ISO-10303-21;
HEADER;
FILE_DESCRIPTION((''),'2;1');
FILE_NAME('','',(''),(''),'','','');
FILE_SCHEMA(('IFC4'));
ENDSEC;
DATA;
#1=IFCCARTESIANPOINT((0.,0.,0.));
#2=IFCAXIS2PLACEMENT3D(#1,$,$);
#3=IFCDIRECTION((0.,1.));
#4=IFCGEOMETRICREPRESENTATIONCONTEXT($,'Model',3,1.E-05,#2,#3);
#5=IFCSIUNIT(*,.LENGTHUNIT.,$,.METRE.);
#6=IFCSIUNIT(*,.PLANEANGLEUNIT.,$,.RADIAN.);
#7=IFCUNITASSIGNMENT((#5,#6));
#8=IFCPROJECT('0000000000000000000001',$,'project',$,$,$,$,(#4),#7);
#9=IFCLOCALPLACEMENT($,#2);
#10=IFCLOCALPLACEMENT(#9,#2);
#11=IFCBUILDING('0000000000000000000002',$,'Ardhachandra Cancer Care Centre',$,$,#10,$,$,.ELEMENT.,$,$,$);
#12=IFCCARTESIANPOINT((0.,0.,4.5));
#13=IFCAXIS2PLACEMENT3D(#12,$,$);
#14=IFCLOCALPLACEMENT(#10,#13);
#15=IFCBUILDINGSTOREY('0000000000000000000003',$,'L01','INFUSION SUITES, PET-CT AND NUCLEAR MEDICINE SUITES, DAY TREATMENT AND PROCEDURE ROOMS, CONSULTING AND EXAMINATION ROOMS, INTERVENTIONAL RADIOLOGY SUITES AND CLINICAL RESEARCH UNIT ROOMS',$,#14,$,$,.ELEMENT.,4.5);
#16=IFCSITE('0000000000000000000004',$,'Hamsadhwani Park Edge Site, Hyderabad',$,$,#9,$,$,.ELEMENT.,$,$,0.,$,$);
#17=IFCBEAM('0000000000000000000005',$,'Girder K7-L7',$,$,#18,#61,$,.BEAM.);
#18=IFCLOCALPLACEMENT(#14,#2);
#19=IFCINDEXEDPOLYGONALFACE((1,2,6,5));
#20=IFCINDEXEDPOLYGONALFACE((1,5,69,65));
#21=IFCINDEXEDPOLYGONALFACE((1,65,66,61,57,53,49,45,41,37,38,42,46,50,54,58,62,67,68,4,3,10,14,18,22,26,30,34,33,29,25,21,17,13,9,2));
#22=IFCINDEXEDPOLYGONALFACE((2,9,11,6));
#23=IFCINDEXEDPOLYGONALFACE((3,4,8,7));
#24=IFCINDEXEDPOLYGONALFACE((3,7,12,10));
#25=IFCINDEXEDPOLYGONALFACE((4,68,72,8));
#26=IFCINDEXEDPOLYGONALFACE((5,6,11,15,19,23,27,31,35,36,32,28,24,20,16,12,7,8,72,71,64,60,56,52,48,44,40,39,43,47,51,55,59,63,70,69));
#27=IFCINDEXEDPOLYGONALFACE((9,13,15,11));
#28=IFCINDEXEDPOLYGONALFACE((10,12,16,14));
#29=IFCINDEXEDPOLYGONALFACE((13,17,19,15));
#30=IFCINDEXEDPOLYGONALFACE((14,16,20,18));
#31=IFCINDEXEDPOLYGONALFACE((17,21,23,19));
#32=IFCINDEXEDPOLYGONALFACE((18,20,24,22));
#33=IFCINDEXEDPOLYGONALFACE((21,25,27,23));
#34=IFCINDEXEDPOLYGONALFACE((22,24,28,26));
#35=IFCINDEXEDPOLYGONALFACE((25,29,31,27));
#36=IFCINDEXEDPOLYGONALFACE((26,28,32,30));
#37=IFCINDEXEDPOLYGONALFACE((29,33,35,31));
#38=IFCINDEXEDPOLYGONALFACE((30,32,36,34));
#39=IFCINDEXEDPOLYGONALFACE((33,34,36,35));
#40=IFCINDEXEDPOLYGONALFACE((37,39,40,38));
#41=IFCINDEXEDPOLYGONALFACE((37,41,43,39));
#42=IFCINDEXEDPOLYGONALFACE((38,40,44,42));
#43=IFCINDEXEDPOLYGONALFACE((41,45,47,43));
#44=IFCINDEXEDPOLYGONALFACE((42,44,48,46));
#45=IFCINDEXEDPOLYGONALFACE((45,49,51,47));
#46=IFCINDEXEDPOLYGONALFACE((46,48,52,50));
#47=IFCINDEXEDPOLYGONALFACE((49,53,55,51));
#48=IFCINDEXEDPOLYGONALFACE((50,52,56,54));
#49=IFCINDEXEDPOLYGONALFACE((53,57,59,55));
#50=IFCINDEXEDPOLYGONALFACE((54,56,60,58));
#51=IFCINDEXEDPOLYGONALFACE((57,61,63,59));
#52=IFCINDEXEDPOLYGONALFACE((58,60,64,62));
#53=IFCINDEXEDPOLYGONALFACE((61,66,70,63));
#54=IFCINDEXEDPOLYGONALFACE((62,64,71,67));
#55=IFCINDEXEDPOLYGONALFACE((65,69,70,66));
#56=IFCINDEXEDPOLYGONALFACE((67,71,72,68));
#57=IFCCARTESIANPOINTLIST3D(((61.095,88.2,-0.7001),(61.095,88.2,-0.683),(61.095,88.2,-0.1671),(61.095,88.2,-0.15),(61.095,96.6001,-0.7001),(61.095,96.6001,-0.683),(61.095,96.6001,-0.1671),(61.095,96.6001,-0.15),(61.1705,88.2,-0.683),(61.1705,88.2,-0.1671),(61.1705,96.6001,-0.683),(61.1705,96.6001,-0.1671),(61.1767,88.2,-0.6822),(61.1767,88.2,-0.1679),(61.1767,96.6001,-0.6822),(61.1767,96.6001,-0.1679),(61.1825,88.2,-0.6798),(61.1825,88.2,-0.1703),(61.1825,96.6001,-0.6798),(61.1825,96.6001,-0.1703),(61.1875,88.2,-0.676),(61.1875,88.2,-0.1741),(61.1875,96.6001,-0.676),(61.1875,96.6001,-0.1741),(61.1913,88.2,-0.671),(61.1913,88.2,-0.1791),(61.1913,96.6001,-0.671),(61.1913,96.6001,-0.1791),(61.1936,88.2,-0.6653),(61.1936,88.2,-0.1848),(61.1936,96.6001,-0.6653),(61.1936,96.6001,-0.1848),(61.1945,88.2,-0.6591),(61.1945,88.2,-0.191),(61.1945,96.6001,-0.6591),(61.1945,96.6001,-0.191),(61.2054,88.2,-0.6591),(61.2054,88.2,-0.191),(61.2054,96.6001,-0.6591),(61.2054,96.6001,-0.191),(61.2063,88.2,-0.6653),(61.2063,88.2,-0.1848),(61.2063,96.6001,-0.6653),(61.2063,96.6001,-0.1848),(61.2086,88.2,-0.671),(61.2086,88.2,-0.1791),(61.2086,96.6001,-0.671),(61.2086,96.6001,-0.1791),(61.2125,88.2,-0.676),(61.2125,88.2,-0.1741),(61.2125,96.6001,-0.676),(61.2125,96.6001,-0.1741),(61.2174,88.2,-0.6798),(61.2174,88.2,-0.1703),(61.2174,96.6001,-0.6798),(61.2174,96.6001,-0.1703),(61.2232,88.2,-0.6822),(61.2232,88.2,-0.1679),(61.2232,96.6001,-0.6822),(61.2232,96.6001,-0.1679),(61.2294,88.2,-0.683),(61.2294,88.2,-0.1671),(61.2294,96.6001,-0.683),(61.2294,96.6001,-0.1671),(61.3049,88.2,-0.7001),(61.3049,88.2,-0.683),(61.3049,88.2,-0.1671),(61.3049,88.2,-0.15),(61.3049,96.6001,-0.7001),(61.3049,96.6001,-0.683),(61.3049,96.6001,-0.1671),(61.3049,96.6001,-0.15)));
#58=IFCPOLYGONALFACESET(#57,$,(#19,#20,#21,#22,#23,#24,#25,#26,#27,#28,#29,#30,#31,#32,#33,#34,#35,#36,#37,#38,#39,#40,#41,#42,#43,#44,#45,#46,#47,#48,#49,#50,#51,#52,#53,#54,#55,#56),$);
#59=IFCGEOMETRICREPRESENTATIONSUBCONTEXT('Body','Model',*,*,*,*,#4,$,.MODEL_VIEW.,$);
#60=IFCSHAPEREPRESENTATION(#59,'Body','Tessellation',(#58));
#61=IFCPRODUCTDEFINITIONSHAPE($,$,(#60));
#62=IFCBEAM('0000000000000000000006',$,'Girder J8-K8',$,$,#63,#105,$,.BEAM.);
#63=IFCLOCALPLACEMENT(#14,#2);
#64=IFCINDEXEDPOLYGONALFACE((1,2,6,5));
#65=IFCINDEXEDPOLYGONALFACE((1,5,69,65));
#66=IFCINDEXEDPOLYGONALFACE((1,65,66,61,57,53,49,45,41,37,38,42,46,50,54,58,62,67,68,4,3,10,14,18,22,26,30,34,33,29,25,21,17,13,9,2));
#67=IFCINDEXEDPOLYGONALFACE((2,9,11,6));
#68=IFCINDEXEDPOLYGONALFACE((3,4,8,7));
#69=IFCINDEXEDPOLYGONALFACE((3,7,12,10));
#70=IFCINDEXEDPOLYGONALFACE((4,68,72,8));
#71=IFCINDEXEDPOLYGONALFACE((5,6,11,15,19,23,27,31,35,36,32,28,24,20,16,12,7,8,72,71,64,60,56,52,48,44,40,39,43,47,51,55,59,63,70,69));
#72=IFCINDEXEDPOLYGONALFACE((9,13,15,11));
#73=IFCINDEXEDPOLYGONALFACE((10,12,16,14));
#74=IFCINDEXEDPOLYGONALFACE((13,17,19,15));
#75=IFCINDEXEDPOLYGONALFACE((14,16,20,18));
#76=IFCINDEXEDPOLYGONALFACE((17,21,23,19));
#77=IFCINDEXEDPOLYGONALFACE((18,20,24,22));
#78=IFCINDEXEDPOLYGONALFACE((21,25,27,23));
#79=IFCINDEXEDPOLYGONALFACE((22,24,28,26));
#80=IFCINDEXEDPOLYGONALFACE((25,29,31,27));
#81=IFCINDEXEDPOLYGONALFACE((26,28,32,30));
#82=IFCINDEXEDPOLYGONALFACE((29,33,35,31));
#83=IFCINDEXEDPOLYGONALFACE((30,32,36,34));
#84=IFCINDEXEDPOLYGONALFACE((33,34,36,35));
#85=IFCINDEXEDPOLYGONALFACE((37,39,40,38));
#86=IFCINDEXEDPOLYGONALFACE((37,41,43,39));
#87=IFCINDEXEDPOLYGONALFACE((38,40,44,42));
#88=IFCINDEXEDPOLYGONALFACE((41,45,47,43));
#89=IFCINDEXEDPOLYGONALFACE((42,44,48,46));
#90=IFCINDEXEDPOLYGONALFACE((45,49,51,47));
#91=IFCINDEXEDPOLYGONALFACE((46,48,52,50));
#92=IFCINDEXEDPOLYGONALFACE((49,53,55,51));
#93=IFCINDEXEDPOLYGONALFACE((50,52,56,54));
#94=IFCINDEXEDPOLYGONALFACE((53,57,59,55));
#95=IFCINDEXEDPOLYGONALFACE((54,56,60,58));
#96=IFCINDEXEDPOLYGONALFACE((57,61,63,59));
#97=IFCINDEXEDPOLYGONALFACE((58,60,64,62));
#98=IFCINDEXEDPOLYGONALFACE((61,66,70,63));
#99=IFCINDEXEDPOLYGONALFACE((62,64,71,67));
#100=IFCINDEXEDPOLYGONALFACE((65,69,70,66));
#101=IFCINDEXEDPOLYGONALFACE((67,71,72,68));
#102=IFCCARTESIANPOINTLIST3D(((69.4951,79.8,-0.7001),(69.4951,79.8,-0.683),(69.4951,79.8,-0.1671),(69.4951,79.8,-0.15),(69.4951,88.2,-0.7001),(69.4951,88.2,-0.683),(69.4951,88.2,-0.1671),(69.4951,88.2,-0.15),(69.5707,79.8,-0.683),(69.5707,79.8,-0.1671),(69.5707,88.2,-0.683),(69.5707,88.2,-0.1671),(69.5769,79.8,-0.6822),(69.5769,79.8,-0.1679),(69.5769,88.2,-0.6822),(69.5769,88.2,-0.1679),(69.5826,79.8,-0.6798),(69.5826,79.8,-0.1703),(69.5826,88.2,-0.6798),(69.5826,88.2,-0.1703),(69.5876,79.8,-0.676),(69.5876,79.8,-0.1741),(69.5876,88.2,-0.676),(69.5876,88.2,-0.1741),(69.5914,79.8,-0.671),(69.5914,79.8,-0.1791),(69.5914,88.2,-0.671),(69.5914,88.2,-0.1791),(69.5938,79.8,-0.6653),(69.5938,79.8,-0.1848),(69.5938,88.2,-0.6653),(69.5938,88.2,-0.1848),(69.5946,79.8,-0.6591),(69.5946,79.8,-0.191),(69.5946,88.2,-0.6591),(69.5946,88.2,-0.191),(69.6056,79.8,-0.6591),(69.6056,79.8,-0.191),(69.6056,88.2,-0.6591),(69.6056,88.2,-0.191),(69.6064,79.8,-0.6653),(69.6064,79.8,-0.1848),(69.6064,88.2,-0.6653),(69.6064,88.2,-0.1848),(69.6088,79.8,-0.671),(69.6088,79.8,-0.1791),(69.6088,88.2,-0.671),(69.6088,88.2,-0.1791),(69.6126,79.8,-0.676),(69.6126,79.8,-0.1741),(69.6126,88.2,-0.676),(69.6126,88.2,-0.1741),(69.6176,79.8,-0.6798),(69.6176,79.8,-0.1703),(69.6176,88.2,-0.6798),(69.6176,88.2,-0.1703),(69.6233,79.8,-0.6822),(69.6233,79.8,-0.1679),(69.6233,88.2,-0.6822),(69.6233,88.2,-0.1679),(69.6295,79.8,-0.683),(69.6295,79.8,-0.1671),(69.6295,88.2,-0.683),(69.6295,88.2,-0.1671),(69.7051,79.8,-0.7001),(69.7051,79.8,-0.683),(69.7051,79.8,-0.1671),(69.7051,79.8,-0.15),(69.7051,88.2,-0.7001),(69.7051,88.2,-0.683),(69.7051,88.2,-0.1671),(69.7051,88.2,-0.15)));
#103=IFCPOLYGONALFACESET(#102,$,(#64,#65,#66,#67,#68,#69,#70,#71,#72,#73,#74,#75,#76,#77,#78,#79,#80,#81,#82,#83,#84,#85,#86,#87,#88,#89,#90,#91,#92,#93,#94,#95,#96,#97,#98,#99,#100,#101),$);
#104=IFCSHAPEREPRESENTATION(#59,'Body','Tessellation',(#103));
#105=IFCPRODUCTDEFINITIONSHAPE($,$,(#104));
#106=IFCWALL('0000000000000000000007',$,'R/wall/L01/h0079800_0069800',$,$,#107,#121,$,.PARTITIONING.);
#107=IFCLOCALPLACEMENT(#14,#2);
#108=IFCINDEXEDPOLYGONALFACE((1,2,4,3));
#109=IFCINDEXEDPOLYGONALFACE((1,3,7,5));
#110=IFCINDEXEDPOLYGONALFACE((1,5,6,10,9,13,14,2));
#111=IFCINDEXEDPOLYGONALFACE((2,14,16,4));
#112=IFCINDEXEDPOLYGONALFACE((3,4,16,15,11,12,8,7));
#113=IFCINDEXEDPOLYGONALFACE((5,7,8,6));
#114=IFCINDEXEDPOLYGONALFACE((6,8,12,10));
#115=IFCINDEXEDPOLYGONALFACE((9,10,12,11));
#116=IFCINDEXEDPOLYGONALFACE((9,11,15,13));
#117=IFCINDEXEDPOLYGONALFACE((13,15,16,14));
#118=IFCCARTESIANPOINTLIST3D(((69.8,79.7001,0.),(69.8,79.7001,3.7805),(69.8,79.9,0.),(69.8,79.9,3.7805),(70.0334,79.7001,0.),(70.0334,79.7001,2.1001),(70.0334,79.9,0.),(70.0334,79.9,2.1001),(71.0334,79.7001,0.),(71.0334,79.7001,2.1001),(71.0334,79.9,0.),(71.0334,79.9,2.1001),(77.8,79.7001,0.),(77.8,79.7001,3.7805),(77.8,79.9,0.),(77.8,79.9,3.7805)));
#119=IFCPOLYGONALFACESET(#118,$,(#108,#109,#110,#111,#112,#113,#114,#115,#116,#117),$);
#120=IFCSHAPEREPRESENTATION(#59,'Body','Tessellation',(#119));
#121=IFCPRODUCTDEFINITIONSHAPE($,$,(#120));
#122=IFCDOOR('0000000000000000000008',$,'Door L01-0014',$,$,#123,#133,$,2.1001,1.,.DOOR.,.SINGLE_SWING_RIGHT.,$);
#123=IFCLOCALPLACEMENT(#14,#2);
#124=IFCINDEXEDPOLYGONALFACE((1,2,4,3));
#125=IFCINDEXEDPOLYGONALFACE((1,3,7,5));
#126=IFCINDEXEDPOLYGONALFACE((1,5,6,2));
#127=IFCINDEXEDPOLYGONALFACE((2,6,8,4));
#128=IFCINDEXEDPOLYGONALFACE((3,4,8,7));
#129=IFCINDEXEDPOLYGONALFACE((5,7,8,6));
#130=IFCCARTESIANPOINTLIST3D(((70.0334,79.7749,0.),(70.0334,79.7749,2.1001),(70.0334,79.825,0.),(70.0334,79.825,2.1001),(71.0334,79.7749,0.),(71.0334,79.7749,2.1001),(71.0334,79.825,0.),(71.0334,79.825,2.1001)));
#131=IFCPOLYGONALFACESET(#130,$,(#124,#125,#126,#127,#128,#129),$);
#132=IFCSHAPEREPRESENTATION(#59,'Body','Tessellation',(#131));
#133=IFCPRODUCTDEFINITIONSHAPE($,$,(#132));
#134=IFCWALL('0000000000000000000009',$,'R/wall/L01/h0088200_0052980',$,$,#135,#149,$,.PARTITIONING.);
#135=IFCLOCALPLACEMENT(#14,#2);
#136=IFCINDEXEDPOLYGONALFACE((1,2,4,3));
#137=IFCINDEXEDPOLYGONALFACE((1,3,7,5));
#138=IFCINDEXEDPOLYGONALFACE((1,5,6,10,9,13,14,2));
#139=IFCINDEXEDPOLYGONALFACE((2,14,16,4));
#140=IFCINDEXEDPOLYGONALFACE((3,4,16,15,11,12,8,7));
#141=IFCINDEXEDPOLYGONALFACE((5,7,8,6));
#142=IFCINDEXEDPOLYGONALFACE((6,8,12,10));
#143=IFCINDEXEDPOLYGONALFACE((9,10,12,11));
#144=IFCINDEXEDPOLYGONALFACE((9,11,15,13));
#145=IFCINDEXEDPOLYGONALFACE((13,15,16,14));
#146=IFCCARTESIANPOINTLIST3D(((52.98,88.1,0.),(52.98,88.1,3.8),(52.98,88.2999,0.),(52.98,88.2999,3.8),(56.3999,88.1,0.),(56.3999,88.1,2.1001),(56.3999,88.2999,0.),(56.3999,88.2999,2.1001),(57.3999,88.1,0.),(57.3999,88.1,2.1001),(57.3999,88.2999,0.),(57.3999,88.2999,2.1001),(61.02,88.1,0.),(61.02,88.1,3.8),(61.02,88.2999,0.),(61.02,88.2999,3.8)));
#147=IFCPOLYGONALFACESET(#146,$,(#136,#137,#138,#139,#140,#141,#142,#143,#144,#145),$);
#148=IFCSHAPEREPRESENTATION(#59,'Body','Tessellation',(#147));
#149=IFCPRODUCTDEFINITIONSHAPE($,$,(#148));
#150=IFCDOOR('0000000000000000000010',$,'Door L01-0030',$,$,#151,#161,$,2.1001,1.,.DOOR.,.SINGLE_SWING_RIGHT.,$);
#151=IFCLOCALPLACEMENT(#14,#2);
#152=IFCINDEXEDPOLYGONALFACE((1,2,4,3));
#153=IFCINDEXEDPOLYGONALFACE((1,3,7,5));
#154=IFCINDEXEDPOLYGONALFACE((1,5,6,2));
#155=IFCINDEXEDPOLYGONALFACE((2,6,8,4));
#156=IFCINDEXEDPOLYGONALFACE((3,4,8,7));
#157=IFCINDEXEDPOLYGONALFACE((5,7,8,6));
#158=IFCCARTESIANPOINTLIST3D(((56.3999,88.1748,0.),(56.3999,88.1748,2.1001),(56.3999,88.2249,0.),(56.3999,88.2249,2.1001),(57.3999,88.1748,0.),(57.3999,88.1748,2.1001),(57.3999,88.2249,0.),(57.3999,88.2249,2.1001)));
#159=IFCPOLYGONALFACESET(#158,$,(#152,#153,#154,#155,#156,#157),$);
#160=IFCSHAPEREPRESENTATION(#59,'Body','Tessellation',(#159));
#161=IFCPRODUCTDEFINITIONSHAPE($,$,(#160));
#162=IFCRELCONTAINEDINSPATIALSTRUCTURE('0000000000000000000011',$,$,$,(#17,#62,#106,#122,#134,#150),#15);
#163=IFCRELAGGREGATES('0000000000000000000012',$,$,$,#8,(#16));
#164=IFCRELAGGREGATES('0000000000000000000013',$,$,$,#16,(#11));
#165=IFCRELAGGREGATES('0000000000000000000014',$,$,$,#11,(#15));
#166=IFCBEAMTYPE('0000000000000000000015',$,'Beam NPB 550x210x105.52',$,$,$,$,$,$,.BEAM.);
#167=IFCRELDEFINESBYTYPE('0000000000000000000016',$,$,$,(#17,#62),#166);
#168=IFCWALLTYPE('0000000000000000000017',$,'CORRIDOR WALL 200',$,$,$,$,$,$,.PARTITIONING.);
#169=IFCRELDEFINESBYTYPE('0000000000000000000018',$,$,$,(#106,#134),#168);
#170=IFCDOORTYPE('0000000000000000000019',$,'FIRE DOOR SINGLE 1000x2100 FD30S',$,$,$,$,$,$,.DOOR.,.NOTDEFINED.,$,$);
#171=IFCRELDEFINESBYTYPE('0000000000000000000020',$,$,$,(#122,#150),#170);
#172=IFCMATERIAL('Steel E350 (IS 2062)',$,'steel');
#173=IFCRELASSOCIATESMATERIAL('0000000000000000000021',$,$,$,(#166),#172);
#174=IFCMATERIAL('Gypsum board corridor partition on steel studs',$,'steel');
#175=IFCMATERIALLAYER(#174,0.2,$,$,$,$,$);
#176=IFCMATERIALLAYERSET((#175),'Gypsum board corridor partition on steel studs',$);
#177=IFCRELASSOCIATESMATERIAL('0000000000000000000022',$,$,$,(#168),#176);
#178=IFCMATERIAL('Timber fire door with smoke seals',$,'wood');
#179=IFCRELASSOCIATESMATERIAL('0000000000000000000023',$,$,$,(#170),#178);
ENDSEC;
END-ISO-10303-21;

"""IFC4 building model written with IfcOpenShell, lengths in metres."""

from ifc_helpers import new_model, si_unit, direction, frame, frame_2d, origin, origin_2d, place, context, subcontext, project, spatial, rectangle, i_section, extrude, material, layer, layer_set, material_profile, profile_set, type_object, element, fill, save


model = new_model("IFC4")

# Units and contexts
model_context = context("Model", 3, precision=1e-05, world=origin(), true_north=direction((0.0, 1.0)))
body_context = subcontext(model_context, "Body", "Model", "MODEL_VIEW")
ifc_project = project(units=[si_unit("LENGTHUNIT", "METRE"), si_unit("PLANEANGLEUNIT", "RADIAN")], contexts=[model_context])

# Site, building, storey
site_placement = place(None, origin())
site = spatial("IfcSite", under=ifc_project, at=site_placement, Name="Hamsadhwani Park Edge Site, Hyderabad", CompositionType="ELEMENT", RefElevation=0.0)
building_placement = place(site_placement, origin())
building = spatial("IfcBuilding", under=site, at=building_placement, Name="Ardhachandra Cancer Care Centre", CompositionType="ELEMENT")
storey_placement = place(building_placement, frame((0.0, 0.0, 4.5)))
storey = spatial("IfcBuildingStorey", under=building, at=storey_placement, Name="L01", Description="INFUSION SUITES, PET-CT AND NUCLEAR MEDICINE SUITES, DAY TREATMENT AND PROCEDURE ROOMS, CONSULTING AND EXAMINATION ROOMS, INTERVENTIONAL RADIOLOGY SUITES AND CLINICAL RESEARCH UNIT ROOMS", CompositionType="ELEMENT", Elevation=4.5)

# Beams
ifc_material_1 = material(Name="Steel E350 (IS 2062)", Category="steel")
ifc_material_profile_1 = material_profile(ifc_material_1, i_section(OverallWidth=0.21, OverallDepth=0.55, WebThickness=0.011, FlangeThickness=0.0171, FilletRadius=0.0239, at=origin_2d()), Name="NPB 550x210x105.52")
ifc_profile_set_1 = profile_set([ifc_material_profile_1], Name="Steel E350 (IS 2062)")
beam_type_1 = type_object("IfcBeamType", Name="Beam NPB 550x210x105.52", PredefinedType="BEAM", material=ifc_profile_set_1)
for number, where, z_axis, x_axis, name in (
    (1, (61.2, 88.2, -0.425), (0.0, 1.0, 0.0), (-1.0, 0.0, 0.0), "Girder K7-L7"),
):
    element("IfcBeam", number, at=place(storey_placement, frame(where, z_axis=z_axis, x_axis=x_axis)), inside=storey, type_object=beam_type_1, Name=name, PredefinedType="BEAM", context=body_context, shape_type="SweptSolid", body=[
        extrude(i_section(OverallWidth=0.21, OverallDepth=0.55, WebThickness=0.011, FlangeThickness=0.0171, FilletRadius=0.0239, at=origin_2d()), origin(), (0.0, 0.0, 1.0), 8.4001),
    ])
beam_1_placement = place(storey_placement, frame((69.6001, 79.8, -0.425), z_axis=(0.0, 1.0, 0.0), x_axis=(-1.0, 0.0, 0.0)))
element("IfcBeam", 2, at=beam_1_placement, inside=storey, type_object=beam_type_1, Name="Girder J8-K8", PredefinedType="BEAM", context=body_context, shape_type="SweptSolid", body=[
    extrude(i_section(OverallWidth=0.21, OverallDepth=0.55, WebThickness=0.011, FlangeThickness=0.0171, FilletRadius=0.0239, at=origin_2d()), origin(), (0.0, 0.0, 1.0), 8.3999),
])

# Walls, openings, doors
ifc_material_2 = material(Name="Gypsum board corridor partition on steel studs", Category="steel")
ifc_layer_1 = layer(ifc_material_2, 0.2)
ifc_layer_set_1 = layer_set([ifc_layer_1], Name="Gypsum board corridor partition on steel studs")
wall_type_1 = type_object("IfcWallType", Name="CORRIDOR WALL 200", PredefinedType="PARTITIONING", material=ifc_layer_set_1)
wall_1_placement = place(storey_placement, frame((69.8, 79.8, 0.0), z_axis=(0.0, 0.0, 1.0), x_axis=(1.0, 0.0, 0.0)))
wall_1 = element("IfcWall", 3, at=wall_1_placement, inside=storey, type_object=wall_type_1, Name="R/wall/L01/h0079800_0069800", PredefinedType="PARTITIONING", context=body_context, shape_type="SweptSolid", body=[
    extrude(rectangle(XDim=8.0, YDim=0.2, at=frame_2d((4.0, 0.0))), origin(), (0.0, 0.0, 1.0), 3.7805),
])
opening_1_placement = place(wall_1_placement, frame((0.2334, 0.0, 0.0)))
opening_1 = element("IfcOpeningElement", 4, at=opening_1_placement, cuts=wall_1, PredefinedType="OPENING", context=body_context, shape_type="SweptSolid", body=[
    extrude(rectangle(XDim=1.0, YDim=2.1001, at=frame_2d((0.5, 1.05))), frame((0.0, 0.1099, 0.0), z_axis=(0.0, -1.0, 0.0), x_axis=(1.0, 0.0, 0.0)), (0.0, 0.0, 1.0), 0.22),
])
ifc_material_3 = material(Name="Timber fire door with smoke seals", Category="wood")
door_type = type_object("IfcDoorType", Name="FIRE DOOR SINGLE 1000x2100 FD30S", OperationType="NOTDEFINED", PredefinedType="DOOR", material=ifc_material_3)
door_1_placement = place(opening_1_placement, origin())
door_1 = element("IfcDoor", 5, at=door_1_placement, inside=storey, type_object=door_type, Name="Door L01-0014", OperationType="SINGLE_SWING_RIGHT", OverallHeight=2.1001, OverallWidth=1.0, PredefinedType="DOOR", context=body_context, shape_type="SweptSolid", body=[
    extrude(rectangle(XDim=1.0, YDim=2.1001, at=frame_2d((0.5, 1.05))), frame((0.0, 0.0249, 0.0), z_axis=(0.0, -1.0, 0.0), x_axis=(1.0, 0.0, 0.0)), (0.0, 0.0, 1.0), 0.05),
])
fill(opening_1, door_1)
wall_2_placement = place(storey_placement, frame((52.98, 88.2, 0.0), z_axis=(0.0, 0.0, 1.0), x_axis=(1.0, 0.0, 0.0)))
wall_2 = element("IfcWall", 6, at=wall_2_placement, inside=storey, type_object=wall_type_1, Name="R/wall/L01/h0088200_0052980", PredefinedType="PARTITIONING", context=body_context, shape_type="SweptSolid", body=[
    extrude(rectangle(XDim=8.04, YDim=0.2, at=frame_2d((4.02, 0.0))), origin(), (0.0, 0.0, 1.0), 3.8),
])
opening_2_placement = place(wall_2_placement, frame((3.4199, 0.0, 0.0)))
opening_2 = element("IfcOpeningElement", 7, at=opening_2_placement, cuts=wall_2, PredefinedType="OPENING", context=body_context, shape_type="SweptSolid", body=[
    extrude(rectangle(XDim=1.0, YDim=2.1001, at=frame_2d((0.5, 1.05))), frame((0.0, 0.1099, 0.0), z_axis=(0.0, -1.0, 0.0), x_axis=(1.0, 0.0, 0.0)), (0.0, 0.0, 1.0), 0.22),
])
door_2_placement = place(opening_2_placement, origin())
door_2 = element("IfcDoor", 8, at=door_2_placement, inside=storey, type_object=door_type, Name="Door L01-0030", OperationType="SINGLE_SWING_RIGHT", OverallHeight=2.1001, OverallWidth=1.0, PredefinedType="DOOR", context=body_context, shape_type="SweptSolid", body=[
    extrude(rectangle(XDim=1.0, YDim=2.1001, at=frame_2d((0.5, 1.05))), frame((0.0, 0.0249, 0.0), z_axis=(0.0, -1.0, 0.0), x_axis=(1.0, 0.0, 0.0)), (0.0, 0.0, 1.0), 0.05),
])
fill(opening_2, door_2)

save(model, "model.ifc")
